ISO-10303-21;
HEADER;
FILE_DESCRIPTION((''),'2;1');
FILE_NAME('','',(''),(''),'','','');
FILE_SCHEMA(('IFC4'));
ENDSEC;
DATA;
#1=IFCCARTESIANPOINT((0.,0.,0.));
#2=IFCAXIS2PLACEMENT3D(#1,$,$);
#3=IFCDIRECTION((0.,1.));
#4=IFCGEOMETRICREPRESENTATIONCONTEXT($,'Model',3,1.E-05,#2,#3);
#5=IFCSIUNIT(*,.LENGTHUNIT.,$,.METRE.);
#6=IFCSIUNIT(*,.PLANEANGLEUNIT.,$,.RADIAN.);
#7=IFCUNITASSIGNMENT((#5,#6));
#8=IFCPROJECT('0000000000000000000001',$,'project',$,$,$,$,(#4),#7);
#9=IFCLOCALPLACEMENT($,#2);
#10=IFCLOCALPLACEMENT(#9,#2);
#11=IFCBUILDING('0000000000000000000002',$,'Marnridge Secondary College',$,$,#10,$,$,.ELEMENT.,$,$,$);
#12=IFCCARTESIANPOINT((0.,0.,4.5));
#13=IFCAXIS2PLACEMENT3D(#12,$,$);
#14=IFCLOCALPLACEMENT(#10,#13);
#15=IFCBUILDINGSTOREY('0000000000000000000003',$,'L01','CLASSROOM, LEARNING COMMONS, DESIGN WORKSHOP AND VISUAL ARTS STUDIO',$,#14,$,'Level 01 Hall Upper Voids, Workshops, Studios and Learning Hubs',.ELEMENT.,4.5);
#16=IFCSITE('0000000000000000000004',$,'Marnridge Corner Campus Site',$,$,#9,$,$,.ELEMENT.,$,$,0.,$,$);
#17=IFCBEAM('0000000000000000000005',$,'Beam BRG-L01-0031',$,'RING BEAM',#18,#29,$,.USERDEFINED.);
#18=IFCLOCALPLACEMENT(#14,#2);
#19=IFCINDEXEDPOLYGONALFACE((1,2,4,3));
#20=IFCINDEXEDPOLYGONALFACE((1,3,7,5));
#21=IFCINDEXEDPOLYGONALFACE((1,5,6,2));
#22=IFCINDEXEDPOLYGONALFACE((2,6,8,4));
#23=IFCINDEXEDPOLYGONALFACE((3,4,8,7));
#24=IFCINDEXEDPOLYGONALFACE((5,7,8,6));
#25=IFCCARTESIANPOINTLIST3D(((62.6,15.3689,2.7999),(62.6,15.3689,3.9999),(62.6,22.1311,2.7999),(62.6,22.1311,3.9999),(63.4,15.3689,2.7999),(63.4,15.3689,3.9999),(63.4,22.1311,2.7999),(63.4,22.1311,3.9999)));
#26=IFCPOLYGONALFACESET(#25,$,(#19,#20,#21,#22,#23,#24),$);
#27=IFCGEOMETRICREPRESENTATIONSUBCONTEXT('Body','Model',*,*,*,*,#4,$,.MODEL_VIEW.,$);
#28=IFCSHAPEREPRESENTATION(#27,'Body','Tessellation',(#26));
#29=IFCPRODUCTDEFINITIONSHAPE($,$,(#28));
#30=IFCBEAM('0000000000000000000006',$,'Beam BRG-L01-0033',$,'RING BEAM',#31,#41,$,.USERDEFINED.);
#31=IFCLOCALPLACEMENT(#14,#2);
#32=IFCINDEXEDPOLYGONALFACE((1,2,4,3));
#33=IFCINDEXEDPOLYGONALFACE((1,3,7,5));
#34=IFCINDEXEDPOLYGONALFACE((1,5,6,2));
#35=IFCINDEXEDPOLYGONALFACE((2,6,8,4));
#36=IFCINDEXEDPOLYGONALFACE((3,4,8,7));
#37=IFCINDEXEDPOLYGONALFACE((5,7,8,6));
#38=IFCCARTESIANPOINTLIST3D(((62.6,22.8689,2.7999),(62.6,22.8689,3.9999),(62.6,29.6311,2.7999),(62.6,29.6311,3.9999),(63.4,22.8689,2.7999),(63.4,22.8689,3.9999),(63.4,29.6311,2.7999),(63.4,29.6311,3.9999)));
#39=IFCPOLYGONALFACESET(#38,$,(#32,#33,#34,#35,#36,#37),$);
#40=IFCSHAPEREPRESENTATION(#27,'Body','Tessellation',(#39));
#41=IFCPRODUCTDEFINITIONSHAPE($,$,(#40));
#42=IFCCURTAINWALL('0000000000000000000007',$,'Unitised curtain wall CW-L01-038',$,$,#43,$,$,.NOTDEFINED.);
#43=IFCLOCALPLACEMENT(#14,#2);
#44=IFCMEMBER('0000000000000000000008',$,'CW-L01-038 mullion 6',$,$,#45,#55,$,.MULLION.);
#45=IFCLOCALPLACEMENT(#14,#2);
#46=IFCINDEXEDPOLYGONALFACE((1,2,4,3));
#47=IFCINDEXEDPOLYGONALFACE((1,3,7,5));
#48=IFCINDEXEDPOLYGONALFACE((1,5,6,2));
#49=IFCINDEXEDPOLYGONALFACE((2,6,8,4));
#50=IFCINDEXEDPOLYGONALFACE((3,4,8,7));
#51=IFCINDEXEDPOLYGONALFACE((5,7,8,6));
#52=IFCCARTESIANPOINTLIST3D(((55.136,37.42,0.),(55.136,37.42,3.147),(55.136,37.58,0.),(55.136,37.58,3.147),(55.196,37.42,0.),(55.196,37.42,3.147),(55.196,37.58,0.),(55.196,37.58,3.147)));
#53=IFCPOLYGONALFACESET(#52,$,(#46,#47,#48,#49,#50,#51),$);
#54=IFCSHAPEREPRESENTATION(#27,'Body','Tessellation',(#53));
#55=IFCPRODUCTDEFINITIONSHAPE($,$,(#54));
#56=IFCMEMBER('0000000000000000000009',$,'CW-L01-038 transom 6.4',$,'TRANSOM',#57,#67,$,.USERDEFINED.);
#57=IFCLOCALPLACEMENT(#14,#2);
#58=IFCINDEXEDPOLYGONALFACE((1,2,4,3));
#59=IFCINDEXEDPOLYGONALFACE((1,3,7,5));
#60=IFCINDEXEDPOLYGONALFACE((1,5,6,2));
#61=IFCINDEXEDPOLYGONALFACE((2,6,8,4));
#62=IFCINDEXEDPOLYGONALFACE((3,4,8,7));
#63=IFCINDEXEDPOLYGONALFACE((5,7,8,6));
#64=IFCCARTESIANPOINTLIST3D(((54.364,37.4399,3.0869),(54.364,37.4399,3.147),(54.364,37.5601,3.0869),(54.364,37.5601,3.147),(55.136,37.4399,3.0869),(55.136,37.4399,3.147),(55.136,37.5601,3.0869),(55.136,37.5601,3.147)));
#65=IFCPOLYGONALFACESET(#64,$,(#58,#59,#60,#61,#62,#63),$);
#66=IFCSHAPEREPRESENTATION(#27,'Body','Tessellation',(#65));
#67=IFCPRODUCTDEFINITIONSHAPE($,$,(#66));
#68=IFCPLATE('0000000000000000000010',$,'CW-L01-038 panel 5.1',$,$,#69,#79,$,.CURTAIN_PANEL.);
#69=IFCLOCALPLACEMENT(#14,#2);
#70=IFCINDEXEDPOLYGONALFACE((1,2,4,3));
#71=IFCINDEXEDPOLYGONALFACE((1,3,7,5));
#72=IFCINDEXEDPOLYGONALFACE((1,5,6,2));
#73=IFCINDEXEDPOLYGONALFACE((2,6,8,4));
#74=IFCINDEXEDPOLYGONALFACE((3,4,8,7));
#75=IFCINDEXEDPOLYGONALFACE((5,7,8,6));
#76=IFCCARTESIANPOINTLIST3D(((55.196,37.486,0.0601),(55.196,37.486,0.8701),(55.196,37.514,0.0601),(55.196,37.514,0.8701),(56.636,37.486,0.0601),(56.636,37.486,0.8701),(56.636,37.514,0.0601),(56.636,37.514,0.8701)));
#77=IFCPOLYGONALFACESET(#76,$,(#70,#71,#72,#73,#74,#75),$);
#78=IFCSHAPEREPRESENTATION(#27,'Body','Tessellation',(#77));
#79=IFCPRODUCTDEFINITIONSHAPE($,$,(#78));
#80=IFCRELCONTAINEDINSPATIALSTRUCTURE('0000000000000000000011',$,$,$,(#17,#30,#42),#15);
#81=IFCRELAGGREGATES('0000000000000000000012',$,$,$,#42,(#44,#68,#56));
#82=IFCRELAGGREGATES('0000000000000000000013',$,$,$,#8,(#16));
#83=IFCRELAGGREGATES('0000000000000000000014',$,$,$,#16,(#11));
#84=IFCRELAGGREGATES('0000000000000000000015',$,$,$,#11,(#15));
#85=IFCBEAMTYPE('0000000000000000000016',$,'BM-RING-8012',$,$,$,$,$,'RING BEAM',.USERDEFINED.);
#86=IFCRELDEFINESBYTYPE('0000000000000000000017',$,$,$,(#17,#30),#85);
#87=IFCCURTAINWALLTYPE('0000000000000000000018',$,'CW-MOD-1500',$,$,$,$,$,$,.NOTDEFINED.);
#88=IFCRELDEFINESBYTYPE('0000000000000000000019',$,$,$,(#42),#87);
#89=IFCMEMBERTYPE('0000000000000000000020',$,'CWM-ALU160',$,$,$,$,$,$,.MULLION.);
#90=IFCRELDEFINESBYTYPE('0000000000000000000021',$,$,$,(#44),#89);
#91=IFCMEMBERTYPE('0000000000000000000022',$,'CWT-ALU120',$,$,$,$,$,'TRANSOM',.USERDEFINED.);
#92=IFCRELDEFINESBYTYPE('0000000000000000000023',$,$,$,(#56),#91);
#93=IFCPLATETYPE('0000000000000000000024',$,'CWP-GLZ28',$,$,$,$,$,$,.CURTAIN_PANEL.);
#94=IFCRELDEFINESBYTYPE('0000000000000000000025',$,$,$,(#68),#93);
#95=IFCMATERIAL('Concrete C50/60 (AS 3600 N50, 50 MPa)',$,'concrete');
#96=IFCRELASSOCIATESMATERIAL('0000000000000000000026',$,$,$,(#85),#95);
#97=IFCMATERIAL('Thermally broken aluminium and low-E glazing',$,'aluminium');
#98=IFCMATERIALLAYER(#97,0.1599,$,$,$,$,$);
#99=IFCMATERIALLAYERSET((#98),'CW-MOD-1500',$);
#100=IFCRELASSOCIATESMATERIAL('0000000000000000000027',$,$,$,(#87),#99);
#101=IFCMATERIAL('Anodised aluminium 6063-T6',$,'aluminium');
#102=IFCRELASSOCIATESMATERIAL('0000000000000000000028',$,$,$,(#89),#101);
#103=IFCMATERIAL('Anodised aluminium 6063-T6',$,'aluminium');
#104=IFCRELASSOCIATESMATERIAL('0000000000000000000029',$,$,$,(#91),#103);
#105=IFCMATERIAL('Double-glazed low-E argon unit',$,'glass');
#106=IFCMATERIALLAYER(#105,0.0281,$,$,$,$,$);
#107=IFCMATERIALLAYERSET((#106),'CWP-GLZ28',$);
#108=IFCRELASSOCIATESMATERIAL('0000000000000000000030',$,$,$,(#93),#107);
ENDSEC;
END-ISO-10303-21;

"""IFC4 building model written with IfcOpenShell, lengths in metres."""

from ifc_helpers import new_model, si_unit, direction, frame, origin, origin_2d, place, context, subcontext, project, spatial, rectangle, extrude, material, layer, layer_set, material_profile, profile_set, type_object, element, aggregate, save


model = new_model("IFC4")

# Units and contexts
model_context = context("Model", 3, precision=1e-05, world=origin(), true_north=direction((0.0, 1.0)))
body_context = subcontext(model_context, "Body", "Model", "MODEL_VIEW")
ifc_project = project(units=[si_unit("LENGTHUNIT", "METRE"), si_unit("PLANEANGLEUNIT", "RADIAN")], contexts=[model_context])

# Site, building, storey
site_placement = place(None, origin())
site = spatial("IfcSite", under=ifc_project, at=site_placement, Name="Marnridge Corner Campus Site", CompositionType="ELEMENT", RefElevation=0.0)
building_placement = place(site_placement, origin())
building = spatial("IfcBuilding", under=site, at=building_placement, Name="Marnridge Secondary College", CompositionType="ELEMENT")
storey_placement = place(building_placement, frame((0.0, 0.0, 4.5)))
storey = spatial("IfcBuildingStorey", under=building, at=storey_placement, Name="L01", Description="CLASSROOM, LEARNING COMMONS, DESIGN WORKSHOP AND VISUAL ARTS STUDIO", LongName="Level 01 Hall Upper Voids, Workshops, Studios and Learning Hubs", CompositionType="ELEMENT", Elevation=4.5)

# Beams
ifc_material_1 = material(Name="Concrete C50/60 (AS 3600 N50, 50 MPa)", Category="concrete")
ifc_material_profile_1 = material_profile(ifc_material_1, rectangle(XDim=0.8, YDim=1.2, at=origin_2d()), Name="RC 800x1200")
ifc_profile_set_1 = profile_set([ifc_material_profile_1], Name="Concrete C50/60 (AS 3600 N50, 50 MPa)")
beam_type = type_object("IfcBeamType", Name="BM-RING-8012", ElementType="RING BEAM", PredefinedType="USERDEFINED", material=ifc_profile_set_1)
for number, where, z_axis, x_axis, name in (
    (1, (63.0, 15.3689, 3.3999), (0.0, 1.0, 0.0), (-1.0, 0.0, 0.0), "Beam BRG-L01-0031"),
    (2, (63.0, 22.8689, 3.3999), (0.0, 1.0, 0.0), (-1.0, 0.0, 0.0), "Beam BRG-L01-0033"),
):
    element("IfcBeam", number, at=place(storey_placement, frame(where, z_axis=z_axis, x_axis=x_axis)), inside=storey, type_object=beam_type, Name=name, ObjectType="RING BEAM", PredefinedType="USERDEFINED", context=body_context, shape_type="SweptSolid", body=[
        extrude(rectangle(XDim=0.8, YDim=1.2, at=origin_2d()), origin(), (0.0, 0.0, 1.0), 6.7622),
    ])

# Curtain wall, members, plate
ifc_material_2 = material(Name="Thermally broken aluminium and low-E glazing", Category="aluminium")
ifc_layer_1 = layer(ifc_material_2, 0.1599)
ifc_layer_set_1 = layer_set([ifc_layer_1], Name="CW-MOD-1500")
curtain_wall_type = type_object("IfcCurtainWallType", Name="CW-MOD-1500", PredefinedType="NOTDEFINED", material=ifc_layer_set_1)
curtain_wall_placement = place(storey_placement, origin())
curtain_wall = element("IfcCurtainWall", 3, at=curtain_wall_placement, inside=storey, type_object=curtain_wall_type, Name="Unitised curtain wall CW-L01-038", PredefinedType="NOTDEFINED")
ifc_material_3 = material(Name="Anodised aluminium 6063-T6", Category="aluminium")
ifc_material_profile_2 = material_profile(ifc_material_3, rectangle(XDim=0.0601, YDim=0.1599, at=origin_2d()), Name="ALU 60x160")
ifc_profile_set_2 = profile_set([ifc_material_profile_2], Name="Anodised aluminium 6063-T6")
member_type_1 = type_object("IfcMemberType", Name="CWM-ALU160", PredefinedType="MULLION", material=ifc_profile_set_2)
member_1_placement = place(storey_placement, frame((55.166, 37.5, 0.0), z_axis=(0.0, 0.0, 1.0), x_axis=(-1.0, 0.0, 0.0)))
member_1 = element("IfcMember", 4, at=member_1_placement, type_object=member_type_1, Name="CW-L01-038 mullion 6", PredefinedType="MULLION", context=body_context, shape_type="SweptSolid", body=[
    extrude(rectangle(XDim=0.0601, YDim=0.1599, at=origin_2d()), origin(), (0.0, 0.0, 1.0), 3.147),
])
ifc_material_4 = material(Name="Anodised aluminium 6063-T6", Category="aluminium")
ifc_material_profile_3 = material_profile(ifc_material_4, rectangle(XDim=0.0601, YDim=0.1201, at=origin_2d()), Name="ALU 60x120")
ifc_profile_set_3 = profile_set([ifc_material_profile_3], Name="Anodised aluminium 6063-T6")
member_type_2 = type_object("IfcMemberType", Name="CWT-ALU120", ElementType="TRANSOM", PredefinedType="USERDEFINED", material=ifc_profile_set_3)
member_2_placement = place(storey_placement, frame((55.136, 37.5, 3.1169), z_axis=(-1.0, 0.0, 0.0), x_axis=(0.0, 0.0, 1.0)))
member_2 = element("IfcMember", 5, at=member_2_placement, type_object=member_type_2, Name="CW-L01-038 transom 6.4", ObjectType="TRANSOM", PredefinedType="USERDEFINED", context=body_context, shape_type="SweptSolid", body=[
    extrude(rectangle(XDim=0.0601, YDim=0.1201, at=origin_2d()), origin(), (0.0, 0.0, 1.0), 0.772),
])
ifc_material_5 = material(Name="Double-glazed low-E argon unit", Category="glass")
ifc_layer_2 = layer(ifc_material_5, 0.0281)
ifc_layer_set_2 = layer_set([ifc_layer_2], Name="CWP-GLZ28")
plate_type = type_object("IfcPlateType", Name="CWP-GLZ28", PredefinedType="CURTAIN_PANEL", material=ifc_layer_set_2)
plate_placement = place(storey_placement, frame((55.916, 37.5, 0.0601), z_axis=(0.0, 0.0, 1.0), x_axis=(-1.0, 0.0, 0.0)))
plate = element("IfcPlate", 6, at=plate_placement, type_object=plate_type, Name="CW-L01-038 panel 5.1", PredefinedType="CURTAIN_PANEL", context=body_context, shape_type="SweptSolid", body=[
    extrude(rectangle(XDim=1.4399, YDim=0.0281, at=origin_2d()), origin(), (0.0, 0.0, 1.0), 0.8101),
])
aggregate(curtain_wall, [member_1, plate, member_2])

save(model, "model.ifc")
